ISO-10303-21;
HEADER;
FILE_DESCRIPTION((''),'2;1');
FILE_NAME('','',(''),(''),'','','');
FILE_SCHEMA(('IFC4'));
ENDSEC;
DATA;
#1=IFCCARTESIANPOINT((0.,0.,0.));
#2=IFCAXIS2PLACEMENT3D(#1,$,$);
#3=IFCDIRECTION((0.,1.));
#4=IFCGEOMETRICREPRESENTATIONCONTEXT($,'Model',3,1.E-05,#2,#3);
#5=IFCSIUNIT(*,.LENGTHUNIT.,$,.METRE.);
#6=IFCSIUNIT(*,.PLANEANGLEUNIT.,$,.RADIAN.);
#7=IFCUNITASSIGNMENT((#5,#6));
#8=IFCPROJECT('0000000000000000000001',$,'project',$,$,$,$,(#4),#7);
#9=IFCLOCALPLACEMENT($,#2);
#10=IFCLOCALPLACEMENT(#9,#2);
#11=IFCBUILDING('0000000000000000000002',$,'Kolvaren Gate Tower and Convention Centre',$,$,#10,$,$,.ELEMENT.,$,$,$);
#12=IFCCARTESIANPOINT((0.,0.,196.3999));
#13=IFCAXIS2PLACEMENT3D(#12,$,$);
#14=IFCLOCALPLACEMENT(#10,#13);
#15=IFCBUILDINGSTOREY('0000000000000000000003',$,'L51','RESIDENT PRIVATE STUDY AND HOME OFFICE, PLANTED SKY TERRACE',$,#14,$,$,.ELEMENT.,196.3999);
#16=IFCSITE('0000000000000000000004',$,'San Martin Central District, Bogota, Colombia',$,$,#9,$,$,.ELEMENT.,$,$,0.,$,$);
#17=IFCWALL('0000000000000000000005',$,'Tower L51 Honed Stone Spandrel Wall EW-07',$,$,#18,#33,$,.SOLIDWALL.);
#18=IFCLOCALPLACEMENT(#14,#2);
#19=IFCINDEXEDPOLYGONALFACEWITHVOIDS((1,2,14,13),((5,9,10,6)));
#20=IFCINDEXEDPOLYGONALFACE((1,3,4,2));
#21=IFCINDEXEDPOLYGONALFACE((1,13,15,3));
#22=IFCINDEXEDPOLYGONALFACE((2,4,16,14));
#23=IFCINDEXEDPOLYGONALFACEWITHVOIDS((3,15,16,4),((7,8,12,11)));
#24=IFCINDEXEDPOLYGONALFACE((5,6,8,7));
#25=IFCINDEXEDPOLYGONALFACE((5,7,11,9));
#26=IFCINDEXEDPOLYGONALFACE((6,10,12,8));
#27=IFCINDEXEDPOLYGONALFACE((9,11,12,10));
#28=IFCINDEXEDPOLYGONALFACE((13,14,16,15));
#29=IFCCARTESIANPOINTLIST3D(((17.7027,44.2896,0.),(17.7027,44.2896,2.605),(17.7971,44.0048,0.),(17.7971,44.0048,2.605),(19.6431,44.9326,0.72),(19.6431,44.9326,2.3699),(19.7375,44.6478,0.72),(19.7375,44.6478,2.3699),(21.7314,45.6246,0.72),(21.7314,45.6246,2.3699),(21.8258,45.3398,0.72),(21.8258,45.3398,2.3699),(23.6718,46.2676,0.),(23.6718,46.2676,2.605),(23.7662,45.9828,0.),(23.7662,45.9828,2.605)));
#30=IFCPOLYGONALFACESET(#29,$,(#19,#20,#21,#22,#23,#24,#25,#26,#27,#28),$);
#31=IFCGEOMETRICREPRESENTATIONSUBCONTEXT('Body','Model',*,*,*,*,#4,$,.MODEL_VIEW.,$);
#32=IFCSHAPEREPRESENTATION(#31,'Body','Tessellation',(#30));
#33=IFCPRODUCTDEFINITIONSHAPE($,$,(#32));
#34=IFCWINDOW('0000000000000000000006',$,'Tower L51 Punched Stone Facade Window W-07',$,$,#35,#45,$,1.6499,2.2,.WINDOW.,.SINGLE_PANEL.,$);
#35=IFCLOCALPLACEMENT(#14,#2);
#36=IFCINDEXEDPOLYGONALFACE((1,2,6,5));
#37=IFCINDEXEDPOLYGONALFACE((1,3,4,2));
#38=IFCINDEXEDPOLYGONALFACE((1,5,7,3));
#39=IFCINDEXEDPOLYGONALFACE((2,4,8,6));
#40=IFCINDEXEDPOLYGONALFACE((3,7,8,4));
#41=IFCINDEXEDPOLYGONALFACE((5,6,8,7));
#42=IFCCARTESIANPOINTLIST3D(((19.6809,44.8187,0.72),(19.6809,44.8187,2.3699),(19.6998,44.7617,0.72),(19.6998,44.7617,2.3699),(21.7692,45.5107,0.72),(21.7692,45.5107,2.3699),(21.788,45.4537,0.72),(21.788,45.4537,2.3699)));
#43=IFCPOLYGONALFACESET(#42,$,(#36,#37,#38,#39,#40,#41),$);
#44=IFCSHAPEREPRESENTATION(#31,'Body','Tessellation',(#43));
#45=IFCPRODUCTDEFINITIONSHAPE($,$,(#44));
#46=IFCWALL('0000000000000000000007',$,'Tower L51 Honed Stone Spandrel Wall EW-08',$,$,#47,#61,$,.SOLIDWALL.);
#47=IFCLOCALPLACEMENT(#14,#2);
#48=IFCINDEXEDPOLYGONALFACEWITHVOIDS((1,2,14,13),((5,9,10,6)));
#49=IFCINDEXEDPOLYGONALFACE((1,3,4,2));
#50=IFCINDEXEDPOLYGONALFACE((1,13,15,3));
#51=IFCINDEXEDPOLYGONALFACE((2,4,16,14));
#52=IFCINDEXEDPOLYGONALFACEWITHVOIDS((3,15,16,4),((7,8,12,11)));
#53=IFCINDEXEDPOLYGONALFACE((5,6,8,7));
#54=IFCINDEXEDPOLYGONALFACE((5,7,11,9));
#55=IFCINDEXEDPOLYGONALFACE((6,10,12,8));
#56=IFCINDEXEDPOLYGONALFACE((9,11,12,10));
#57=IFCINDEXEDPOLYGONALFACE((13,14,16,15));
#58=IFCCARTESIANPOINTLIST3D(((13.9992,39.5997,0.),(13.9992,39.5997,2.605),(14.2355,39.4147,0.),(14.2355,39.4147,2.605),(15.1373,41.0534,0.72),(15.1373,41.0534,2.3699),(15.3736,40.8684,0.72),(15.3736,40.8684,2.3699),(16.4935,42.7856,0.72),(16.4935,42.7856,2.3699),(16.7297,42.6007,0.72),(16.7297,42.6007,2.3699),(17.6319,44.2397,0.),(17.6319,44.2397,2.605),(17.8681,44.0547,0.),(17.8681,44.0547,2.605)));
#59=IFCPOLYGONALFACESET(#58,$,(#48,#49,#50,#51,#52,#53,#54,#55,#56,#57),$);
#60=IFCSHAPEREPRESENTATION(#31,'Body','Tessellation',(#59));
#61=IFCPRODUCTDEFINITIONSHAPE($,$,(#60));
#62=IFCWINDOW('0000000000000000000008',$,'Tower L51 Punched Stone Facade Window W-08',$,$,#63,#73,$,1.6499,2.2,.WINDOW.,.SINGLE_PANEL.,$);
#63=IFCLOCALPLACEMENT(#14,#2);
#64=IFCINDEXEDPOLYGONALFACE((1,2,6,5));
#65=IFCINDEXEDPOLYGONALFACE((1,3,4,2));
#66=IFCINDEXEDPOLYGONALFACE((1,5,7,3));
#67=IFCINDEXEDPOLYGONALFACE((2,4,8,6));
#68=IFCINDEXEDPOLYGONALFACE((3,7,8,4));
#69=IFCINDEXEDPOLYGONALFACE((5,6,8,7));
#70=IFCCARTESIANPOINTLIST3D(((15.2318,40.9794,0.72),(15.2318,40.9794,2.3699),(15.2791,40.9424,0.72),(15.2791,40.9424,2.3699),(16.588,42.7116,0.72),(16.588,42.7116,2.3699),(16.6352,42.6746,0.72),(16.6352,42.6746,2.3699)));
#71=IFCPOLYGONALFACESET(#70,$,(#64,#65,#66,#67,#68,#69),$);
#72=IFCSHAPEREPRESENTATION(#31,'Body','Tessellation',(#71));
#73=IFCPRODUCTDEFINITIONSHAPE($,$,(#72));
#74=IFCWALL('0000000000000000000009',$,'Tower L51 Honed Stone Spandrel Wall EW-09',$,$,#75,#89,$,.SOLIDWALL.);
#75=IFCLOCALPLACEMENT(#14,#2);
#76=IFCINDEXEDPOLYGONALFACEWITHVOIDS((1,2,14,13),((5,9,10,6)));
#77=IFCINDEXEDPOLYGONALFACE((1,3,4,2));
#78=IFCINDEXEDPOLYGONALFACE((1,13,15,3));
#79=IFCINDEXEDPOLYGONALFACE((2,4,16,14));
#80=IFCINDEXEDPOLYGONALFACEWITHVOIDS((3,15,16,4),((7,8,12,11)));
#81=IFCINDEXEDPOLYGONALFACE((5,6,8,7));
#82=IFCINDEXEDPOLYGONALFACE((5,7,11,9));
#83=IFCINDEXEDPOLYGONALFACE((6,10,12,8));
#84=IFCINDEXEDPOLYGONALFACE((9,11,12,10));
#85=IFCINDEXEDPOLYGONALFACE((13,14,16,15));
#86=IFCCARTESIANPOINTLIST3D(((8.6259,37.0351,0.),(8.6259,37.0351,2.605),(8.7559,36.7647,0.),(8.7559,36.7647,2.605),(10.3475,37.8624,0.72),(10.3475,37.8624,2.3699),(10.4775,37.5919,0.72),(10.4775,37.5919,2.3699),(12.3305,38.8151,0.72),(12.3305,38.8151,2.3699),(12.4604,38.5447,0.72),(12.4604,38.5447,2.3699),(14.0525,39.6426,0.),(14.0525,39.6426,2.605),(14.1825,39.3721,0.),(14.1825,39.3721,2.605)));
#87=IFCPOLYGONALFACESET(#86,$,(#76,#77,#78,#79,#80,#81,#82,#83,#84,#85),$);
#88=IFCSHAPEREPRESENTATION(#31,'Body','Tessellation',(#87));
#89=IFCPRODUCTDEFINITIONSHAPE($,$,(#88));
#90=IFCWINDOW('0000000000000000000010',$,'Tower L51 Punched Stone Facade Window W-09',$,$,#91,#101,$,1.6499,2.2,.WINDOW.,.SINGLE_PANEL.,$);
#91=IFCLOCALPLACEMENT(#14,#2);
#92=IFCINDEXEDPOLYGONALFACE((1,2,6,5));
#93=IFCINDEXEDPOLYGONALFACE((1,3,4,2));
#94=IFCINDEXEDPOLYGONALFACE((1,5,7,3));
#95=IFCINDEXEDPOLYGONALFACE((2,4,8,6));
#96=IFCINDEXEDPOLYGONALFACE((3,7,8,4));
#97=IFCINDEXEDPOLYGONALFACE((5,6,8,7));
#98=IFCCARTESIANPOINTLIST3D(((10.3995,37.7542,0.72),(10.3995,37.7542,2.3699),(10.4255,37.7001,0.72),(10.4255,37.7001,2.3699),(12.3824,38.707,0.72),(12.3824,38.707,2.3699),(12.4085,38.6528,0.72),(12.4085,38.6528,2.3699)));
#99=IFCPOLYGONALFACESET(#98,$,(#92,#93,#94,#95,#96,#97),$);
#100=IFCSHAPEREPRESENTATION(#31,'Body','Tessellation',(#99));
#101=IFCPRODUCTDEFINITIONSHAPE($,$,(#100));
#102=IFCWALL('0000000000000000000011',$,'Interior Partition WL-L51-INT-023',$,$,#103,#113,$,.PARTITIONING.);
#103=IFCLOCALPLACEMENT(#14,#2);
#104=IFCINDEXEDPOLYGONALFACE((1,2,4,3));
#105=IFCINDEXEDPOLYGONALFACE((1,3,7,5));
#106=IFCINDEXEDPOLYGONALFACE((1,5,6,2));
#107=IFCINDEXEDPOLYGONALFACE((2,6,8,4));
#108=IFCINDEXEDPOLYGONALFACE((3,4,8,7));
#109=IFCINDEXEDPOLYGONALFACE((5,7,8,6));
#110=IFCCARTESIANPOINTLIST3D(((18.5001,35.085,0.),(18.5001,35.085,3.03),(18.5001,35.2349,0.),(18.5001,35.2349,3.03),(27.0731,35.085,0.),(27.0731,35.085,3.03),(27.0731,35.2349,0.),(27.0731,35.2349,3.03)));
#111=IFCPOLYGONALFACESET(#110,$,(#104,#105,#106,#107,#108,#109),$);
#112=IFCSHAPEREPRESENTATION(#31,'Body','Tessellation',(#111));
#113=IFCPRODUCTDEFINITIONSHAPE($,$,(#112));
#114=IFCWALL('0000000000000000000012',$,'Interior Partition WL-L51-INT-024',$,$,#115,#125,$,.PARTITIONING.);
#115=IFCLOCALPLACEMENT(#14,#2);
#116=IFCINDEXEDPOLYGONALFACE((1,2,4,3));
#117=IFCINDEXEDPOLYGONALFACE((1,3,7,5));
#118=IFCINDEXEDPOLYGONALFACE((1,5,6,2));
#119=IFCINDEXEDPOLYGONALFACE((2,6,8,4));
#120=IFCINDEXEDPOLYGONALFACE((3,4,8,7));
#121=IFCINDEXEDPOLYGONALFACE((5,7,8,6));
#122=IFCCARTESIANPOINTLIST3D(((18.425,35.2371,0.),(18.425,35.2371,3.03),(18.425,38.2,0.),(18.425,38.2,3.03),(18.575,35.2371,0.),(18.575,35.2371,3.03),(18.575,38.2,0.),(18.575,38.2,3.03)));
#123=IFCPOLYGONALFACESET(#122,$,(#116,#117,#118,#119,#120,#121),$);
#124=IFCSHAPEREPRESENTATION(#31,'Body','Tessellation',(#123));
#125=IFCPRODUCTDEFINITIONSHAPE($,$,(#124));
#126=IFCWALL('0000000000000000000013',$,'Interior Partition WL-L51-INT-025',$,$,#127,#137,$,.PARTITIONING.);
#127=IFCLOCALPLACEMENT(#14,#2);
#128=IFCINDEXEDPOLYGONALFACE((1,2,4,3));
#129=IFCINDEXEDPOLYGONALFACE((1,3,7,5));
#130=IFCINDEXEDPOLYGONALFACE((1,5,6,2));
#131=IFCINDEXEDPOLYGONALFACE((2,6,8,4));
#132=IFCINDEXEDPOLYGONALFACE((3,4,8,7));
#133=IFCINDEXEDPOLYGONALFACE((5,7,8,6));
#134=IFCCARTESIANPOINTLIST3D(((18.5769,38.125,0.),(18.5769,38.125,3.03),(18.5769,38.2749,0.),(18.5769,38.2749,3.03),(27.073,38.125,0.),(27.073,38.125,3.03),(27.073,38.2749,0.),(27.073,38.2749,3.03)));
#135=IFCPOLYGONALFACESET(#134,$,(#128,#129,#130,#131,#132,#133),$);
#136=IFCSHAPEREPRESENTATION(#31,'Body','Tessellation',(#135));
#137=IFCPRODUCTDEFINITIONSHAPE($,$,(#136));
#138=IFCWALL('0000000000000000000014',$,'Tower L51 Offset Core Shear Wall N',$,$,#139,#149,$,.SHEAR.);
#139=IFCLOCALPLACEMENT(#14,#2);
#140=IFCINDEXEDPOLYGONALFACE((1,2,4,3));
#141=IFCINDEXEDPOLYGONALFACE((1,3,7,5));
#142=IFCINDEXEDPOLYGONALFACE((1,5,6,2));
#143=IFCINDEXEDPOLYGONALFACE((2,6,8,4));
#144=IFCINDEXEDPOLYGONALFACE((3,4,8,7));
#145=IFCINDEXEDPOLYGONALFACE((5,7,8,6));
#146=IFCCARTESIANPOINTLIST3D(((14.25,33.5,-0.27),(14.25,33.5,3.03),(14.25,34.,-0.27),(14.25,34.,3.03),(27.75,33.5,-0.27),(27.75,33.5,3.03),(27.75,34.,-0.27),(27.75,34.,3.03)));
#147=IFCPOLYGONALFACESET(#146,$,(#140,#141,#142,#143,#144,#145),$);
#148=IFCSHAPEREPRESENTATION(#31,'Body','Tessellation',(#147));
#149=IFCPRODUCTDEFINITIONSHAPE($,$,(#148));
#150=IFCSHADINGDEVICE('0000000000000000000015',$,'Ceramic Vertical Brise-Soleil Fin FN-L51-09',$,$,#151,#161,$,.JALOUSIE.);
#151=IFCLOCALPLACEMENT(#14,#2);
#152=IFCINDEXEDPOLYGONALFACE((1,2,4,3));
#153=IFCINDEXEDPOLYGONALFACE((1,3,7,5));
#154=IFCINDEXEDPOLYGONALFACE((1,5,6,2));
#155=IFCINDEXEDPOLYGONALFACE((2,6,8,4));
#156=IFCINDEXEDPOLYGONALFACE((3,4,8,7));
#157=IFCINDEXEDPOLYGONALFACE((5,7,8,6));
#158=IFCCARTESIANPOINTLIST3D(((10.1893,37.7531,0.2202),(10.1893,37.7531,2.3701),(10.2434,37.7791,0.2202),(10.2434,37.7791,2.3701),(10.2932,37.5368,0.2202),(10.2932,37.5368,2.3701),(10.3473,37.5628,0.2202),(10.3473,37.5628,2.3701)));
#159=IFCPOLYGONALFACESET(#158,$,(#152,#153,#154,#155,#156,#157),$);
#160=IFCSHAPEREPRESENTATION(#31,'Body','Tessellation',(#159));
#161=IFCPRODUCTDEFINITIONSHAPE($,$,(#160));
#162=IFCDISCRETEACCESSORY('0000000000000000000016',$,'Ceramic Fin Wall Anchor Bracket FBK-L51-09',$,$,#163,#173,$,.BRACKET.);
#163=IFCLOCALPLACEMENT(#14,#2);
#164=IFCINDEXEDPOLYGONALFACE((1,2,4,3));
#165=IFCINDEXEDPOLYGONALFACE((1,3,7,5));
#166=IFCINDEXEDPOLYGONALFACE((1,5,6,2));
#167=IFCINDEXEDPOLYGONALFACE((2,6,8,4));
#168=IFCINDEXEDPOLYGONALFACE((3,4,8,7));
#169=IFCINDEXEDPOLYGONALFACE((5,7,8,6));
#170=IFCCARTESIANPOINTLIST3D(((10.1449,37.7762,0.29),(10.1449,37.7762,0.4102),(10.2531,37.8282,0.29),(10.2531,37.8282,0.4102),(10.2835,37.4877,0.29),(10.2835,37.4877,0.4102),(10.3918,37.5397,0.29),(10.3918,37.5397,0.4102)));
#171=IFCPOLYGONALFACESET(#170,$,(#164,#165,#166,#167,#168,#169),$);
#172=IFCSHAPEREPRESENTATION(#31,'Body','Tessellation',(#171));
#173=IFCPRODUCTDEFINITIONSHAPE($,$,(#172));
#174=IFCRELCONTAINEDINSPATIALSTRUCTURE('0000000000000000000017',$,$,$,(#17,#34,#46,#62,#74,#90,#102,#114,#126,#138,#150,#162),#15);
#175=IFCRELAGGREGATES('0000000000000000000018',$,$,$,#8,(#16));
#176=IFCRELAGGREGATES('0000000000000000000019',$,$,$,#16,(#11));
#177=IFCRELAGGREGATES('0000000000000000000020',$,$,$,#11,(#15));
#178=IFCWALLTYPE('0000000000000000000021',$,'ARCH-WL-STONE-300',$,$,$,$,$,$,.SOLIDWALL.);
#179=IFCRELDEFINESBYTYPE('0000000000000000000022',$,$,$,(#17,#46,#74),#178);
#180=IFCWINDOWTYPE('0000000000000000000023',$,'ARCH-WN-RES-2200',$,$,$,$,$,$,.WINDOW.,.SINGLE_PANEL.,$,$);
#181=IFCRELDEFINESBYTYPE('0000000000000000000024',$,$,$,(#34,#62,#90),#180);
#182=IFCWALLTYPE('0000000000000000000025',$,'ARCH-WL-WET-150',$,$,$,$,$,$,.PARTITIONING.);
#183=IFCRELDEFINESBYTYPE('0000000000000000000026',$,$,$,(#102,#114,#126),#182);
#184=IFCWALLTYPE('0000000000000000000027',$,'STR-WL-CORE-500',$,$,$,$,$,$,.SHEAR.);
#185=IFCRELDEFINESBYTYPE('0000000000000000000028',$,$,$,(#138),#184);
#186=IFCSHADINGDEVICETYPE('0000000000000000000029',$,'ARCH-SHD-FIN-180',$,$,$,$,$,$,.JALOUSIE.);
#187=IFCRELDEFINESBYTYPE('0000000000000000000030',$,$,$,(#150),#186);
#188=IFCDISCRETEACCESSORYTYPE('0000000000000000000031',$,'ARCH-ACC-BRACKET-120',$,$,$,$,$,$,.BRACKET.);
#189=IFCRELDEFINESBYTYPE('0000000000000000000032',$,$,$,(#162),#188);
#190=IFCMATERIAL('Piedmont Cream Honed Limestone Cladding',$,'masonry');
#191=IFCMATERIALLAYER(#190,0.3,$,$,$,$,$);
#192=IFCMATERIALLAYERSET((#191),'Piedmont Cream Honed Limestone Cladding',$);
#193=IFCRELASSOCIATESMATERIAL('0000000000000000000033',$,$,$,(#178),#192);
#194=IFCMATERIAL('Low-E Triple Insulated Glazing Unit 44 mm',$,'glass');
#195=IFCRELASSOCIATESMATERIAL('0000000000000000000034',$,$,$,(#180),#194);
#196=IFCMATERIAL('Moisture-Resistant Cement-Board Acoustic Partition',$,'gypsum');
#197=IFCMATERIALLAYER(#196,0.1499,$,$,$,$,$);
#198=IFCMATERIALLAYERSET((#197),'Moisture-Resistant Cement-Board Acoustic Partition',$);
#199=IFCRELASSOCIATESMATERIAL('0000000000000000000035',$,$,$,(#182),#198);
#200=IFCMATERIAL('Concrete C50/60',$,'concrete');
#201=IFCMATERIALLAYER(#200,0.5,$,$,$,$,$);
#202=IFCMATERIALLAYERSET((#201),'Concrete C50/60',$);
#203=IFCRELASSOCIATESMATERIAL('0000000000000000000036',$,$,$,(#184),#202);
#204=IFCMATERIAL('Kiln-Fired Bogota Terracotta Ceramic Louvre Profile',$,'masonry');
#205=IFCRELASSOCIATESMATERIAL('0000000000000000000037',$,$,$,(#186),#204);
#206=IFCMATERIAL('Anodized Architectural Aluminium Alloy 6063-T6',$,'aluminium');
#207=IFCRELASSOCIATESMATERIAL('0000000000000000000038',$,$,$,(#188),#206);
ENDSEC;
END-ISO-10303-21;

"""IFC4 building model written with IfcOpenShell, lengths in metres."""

from ifc_helpers import new_model, si_unit, direction, frame, frame_2d, origin, origin_2d, place, context, subcontext, project, spatial, rectangle, extrude, material, layer, layer_set, type_object, element, fill, save


model = new_model("IFC4")

# Units and contexts
model_context = context("Model", 3, precision=1e-05, world=origin(), true_north=direction((0.0, 1.0)))
body_context = subcontext(model_context, "Body", "Model", "MODEL_VIEW")
ifc_project = project(units=[si_unit("LENGTHUNIT", "METRE"), si_unit("PLANEANGLEUNIT", "RADIAN")], contexts=[model_context])

# Site, building, storey
site_placement = place(None, origin())
site = spatial("IfcSite", under=ifc_project, at=site_placement, Name="San Martin Central District, Bogota, Colombia", CompositionType="ELEMENT", RefElevation=0.0)
building_placement = place(site_placement, origin())
building = spatial("IfcBuilding", under=site, at=building_placement, Name="Kolvaren Gate Tower and Convention Centre", CompositionType="ELEMENT")
storey_placement = place(building_placement, frame((0.0, 0.0, 196.3999)))
storey = spatial("IfcBuildingStorey", under=building, at=storey_placement, Name="L51", Description="RESIDENT PRIVATE STUDY AND HOME OFFICE, PLANTED SKY TERRACE", CompositionType="ELEMENT", Elevation=196.3999)

# Shared definitions
ifc_material_1 = material(Name="Piedmont Cream Honed Limestone Cladding", Category="masonry")

# Walls, openings, windows
ifc_layer_1 = layer(ifc_material_1, 0.3)
ifc_layer_set_1 = layer_set([ifc_layer_1], Name="Piedmont Cream Honed Limestone Cladding")
wall_type_1 = type_object("IfcWallType", Name="ARCH-WL-STONE-300", PredefinedType="SOLIDWALL", material=ifc_layer_set_1)
wall_1_placement = place(storey_placement, frame((17.75, 44.1472, 0.0), z_axis=(0.0, 0.0, 1.0), x_axis=(0.949241, 0.31455, 0.0)))
wall_1 = element("IfcWall", 1, at=wall_1_placement, inside=storey, type_object=wall_type_1, Name="Tower L51 Honed Stone Spandrel Wall EW-07", PredefinedType="SOLIDWALL", context=body_context, shape_type="SweptSolid", body=[
    extrude(rectangle(XDim=6.2883, YDim=0.3, at=frame_2d((3.144, 0.0))), origin(), (0.0, 0.0, 1.0), 2.605),
])
opening_1_placement = place(wall_1_placement, frame((2.0439, 0.0, 0.72)))
opening_1 = element("IfcOpeningElement", 2, at=opening_1_placement, cuts=wall_1, PredefinedType="OPENING", context=body_context, shape_type="SweptSolid", body=[
    extrude(rectangle(XDim=2.2, YDim=1.6499, at=frame_2d((1.1001, 0.825))), frame((0.0, 0.1599, 0.0), z_axis=(0.0, -1.0, 0.0), x_axis=(1.0, 0.0, 0.0)), (0.0, 0.0, 1.0), 0.3201),
])
ifc_material_2 = material(Name="Low-E Triple Insulated Glazing Unit 44 mm", Category="glass")
window_type = type_object("IfcWindowType", Name="ARCH-WN-RES-2200", PartitioningType="SINGLE_PANEL", PredefinedType="WINDOW", material=ifc_material_2)
window_1_placement = place(opening_1_placement, origin())
window_1 = element("IfcWindow", 3, at=window_1_placement, inside=storey, type_object=window_type, Name="Tower L51 Punched Stone Facade Window W-07", OverallHeight=1.6499, OverallWidth=2.2, PartitioningType="SINGLE_PANEL", PredefinedType="WINDOW", context=body_context, shape_type="SweptSolid", body=[
    extrude(rectangle(XDim=2.2, YDim=1.6499, at=frame_2d((1.1001, 0.825))), frame((0.0, 0.03, 0.0), z_axis=(0.0, -1.0, 0.0), x_axis=(1.0, 0.0, 0.0)), (0.0, 0.0, 1.0), 0.0601),
])
fill(opening_1, window_1)
wall_2_placement = place(storey_placement, frame((14.1174, 39.5073, 0.0), z_axis=(0.0, 0.0, 1.0), x_axis=(0.61645, 0.787394, 0.0)))
wall_2 = element("IfcWall", 4, at=wall_2_placement, inside=storey, type_object=wall_type_1, Name="Tower L51 Honed Stone Spandrel Wall EW-08", PredefinedType="SOLIDWALL", context=body_context, shape_type="SweptSolid", body=[
    extrude(rectangle(XDim=5.8928, YDim=0.3, at=frame_2d((2.9463, 0.0))), origin(), (0.0, 0.0, 1.0), 2.605),
])
opening_2_placement = place(wall_2_placement, frame((1.8459, 0.0, 0.72)))
opening_2 = element("IfcOpeningElement", 5, at=opening_2_placement, cuts=wall_2, PredefinedType="OPENING", context=body_context, shape_type="SweptSolid", body=[
    extrude(rectangle(XDim=2.2, YDim=1.6499, at=frame_2d((1.1001, 0.825))), frame((0.0, 0.1599, 0.0), z_axis=(0.0, -1.0, 0.0), x_axis=(1.0, 0.0, 0.0)), (0.0, 0.0, 1.0), 0.3201),
])
window_2_placement = place(opening_2_placement, origin())
window_2 = element("IfcWindow", 6, at=window_2_placement, inside=storey, type_object=window_type, Name="Tower L51 Punched Stone Facade Window W-08", OverallHeight=1.6499, OverallWidth=2.2, PartitioningType="SINGLE_PANEL", PredefinedType="WINDOW", context=body_context, shape_type="SweptSolid", body=[
    extrude(rectangle(XDim=2.2, YDim=1.6499, at=frame_2d((1.1001, 0.825))), frame((0.0, 0.03, 0.0), z_axis=(0.0, -1.0, 0.0), x_axis=(1.0, 0.0, 0.0)), (0.0, 0.0, 1.0), 0.0601),
])
fill(opening_2, window_2)
wall_3_placement = place(storey_placement, frame((8.6909, 36.8999, 0.0), z_axis=(0.0, 0.0, 1.0), x_axis=(0.901348, 0.433095, 0.0)))
wall_3 = element("IfcWall", 7, at=wall_3_placement, inside=storey, type_object=wall_type_1, Name="Tower L51 Honed Stone Spandrel Wall EW-09", PredefinedType="SOLIDWALL", context=body_context, shape_type="SweptSolid", body=[
    extrude(rectangle(XDim=6.0205, YDim=0.3, at=frame_2d((3.0103, 0.0))), origin(), (0.0, 0.0, 1.0), 2.605),
])
opening_3_placement = place(wall_3_placement, frame((1.9099, 0.0, 0.72)))
opening_3 = element("IfcOpeningElement", 8, at=opening_3_placement, cuts=wall_3, PredefinedType="OPENING", context=body_context, shape_type="SweptSolid", body=[
    extrude(rectangle(XDim=2.2, YDim=1.6499, at=frame_2d((1.1001, 0.825))), frame((0.0, 0.1599, 0.0), z_axis=(0.0, -1.0, 0.0), x_axis=(1.0, 0.0, 0.0)), (0.0, 0.0, 1.0), 0.3201),
])
window_3_placement = place(opening_3_placement, origin())
window_3 = element("IfcWindow", 9, at=window_3_placement, inside=storey, type_object=window_type, Name="Tower L51 Punched Stone Facade Window W-09", OverallHeight=1.6499, OverallWidth=2.2, PartitioningType="SINGLE_PANEL", PredefinedType="WINDOW", context=body_context, shape_type="SweptSolid", body=[
    extrude(rectangle(XDim=2.2, YDim=1.6499, at=frame_2d((1.1001, 0.825))), frame((0.0, 0.03, 0.0), z_axis=(0.0, -1.0, 0.0), x_axis=(1.0, 0.0, 0.0)), (0.0, 0.0, 1.0), 0.0601),
])
fill(opening_3, window_3)

# Walls
ifc_material_3 = material(Name="Moisture-Resistant Cement-Board Acoustic Partition", Category="gypsum")
ifc_layer_2 = layer(ifc_material_3, 0.1499)
ifc_layer_set_2 = layer_set([ifc_layer_2], Name="Moisture-Resistant Cement-Board Acoustic Partition")
wall_type_2 = type_object("IfcWallType", Name="ARCH-WL-WET-150", PredefinedType="PARTITIONING", material=ifc_layer_set_2)
wall_4_placement = place(storey_placement, frame((18.5, 35.1599, 0.0), z_axis=(0.0, 0.0, 1.0), x_axis=(1.0, 0.0, 0.0)))
element("IfcWall", 10, at=wall_4_placement, inside=storey, type_object=wall_type_2, Name="Interior Partition WL-L51-INT-023", PredefinedType="PARTITIONING", context=body_context, shape_type="SweptSolid", body=[
    extrude(rectangle(XDim=8.573, YDim=0.1499, at=frame_2d((4.2866, 0.0))), origin(), (0.0, 0.0, 1.0), 3.03),
])
wall_5_placement = place(storey_placement, frame((18.5, 35.2371, 0.0), z_axis=(0.0, 0.0, 1.0), x_axis=(0.0, 1.0, 0.0)))
element("IfcWall", 11, at=wall_5_placement, inside=storey, type_object=wall_type_2, Name="Interior Partition WL-L51-INT-024", PredefinedType="PARTITIONING", context=body_context, shape_type="SweptSolid", body=[
    extrude(rectangle(XDim=2.9629, YDim=0.1499, at=frame_2d((1.4814, 0.0))), origin(), (0.0, 0.0, 1.0), 3.03),
])
wall_6_placement = place(storey_placement, frame((18.5769, 38.2, 0.0), z_axis=(0.0, 0.0, 1.0), x_axis=(1.0, 0.0, 0.0)))
element("IfcWall", 12, at=wall_6_placement, inside=storey, type_object=wall_type_2, Name="Interior Partition WL-L51-INT-025", PredefinedType="PARTITIONING", context=body_context, shape_type="SweptSolid", body=[
    extrude(rectangle(XDim=8.4961, YDim=0.1499, at=frame_2d((4.248, 0.0))), origin(), (0.0, 0.0, 1.0), 3.03),
])
ifc_material_4 = material(Name="Concrete C50/60", Category="concrete")
ifc_layer_3 = layer(ifc_material_4, 0.5)
ifc_layer_set_3 = layer_set([ifc_layer_3], Name="Concrete C50/60")
wall_type_3 = type_object("IfcWallType", Name="STR-WL-CORE-500", PredefinedType="SHEAR", material=ifc_layer_set_3)
wall_7_placement = place(storey_placement, frame((14.25, 33.75, -0.27), z_axis=(0.0, 0.0, 1.0), x_axis=(1.0, 0.0, 0.0)))
element("IfcWall", 13, at=wall_7_placement, inside=storey, type_object=wall_type_3, Name="Tower L51 Offset Core Shear Wall N", PredefinedType="SHEAR", context=body_context, shape_type="SweptSolid", body=[
    extrude(rectangle(XDim=13.5, YDim=0.5, at=frame_2d((6.75, 0.0))), origin(), (0.0, 0.0, 1.0), 3.3),
])

# Shading device
ifc_material_5 = material(Name="Kiln-Fired Bogota Terracotta Ceramic Louvre Profile", Category="masonry")
shading_device_type = type_object("IfcShadingDeviceType", Name="ARCH-SHD-FIN-180", PredefinedType="JALOUSIE", material=ifc_material_5)
shading_device_placement = place(storey_placement, frame((10.2683, 37.658, 0.2202), z_axis=(0.0, 0.0, 1.0), x_axis=(0.901359, 0.433072, 0.0)))
element("IfcShadingDevice", 14, at=shading_device_placement, inside=storey, type_object=shading_device_type, Name="Ceramic Vertical Brise-Soleil Fin FN-L51-09", PredefinedType="JALOUSIE", context=body_context, shape_type="SweptSolid", body=[
    extrude(rectangle(XDim=0.0601, YDim=0.24, at=origin_2d()), origin(), (0.0, 0.0, 1.0), 2.1499),
])

# Discrete accessory
ifc_material_6 = material(Name="Anodized Architectural Aluminium Alloy 6063-T6", Category="aluminium")
discrete_accessory_type = type_object("IfcDiscreteAccessoryType", Name="ARCH-ACC-BRACKET-120", PredefinedType="BRACKET", material=ifc_material_6)
discrete_accessory_placement = place(storey_placement, frame((10.2683, 37.658, 0.29), z_axis=(0.0, 0.0, 1.0), x_axis=(0.901359, 0.433072, 0.0)))
element("IfcDiscreteAccessory", 15, at=discrete_accessory_placement, inside=storey, type_object=discrete_accessory_type, Name="Ceramic Fin Wall Anchor Bracket FBK-L51-09", PredefinedType="BRACKET", context=body_context, shape_type="SweptSolid", body=[
    extrude(rectangle(XDim=0.1201, YDim=0.3201, at=origin_2d()), origin(), (0.0, 0.0, 1.0), 0.1201),
])

save(model, "model.ifc")
